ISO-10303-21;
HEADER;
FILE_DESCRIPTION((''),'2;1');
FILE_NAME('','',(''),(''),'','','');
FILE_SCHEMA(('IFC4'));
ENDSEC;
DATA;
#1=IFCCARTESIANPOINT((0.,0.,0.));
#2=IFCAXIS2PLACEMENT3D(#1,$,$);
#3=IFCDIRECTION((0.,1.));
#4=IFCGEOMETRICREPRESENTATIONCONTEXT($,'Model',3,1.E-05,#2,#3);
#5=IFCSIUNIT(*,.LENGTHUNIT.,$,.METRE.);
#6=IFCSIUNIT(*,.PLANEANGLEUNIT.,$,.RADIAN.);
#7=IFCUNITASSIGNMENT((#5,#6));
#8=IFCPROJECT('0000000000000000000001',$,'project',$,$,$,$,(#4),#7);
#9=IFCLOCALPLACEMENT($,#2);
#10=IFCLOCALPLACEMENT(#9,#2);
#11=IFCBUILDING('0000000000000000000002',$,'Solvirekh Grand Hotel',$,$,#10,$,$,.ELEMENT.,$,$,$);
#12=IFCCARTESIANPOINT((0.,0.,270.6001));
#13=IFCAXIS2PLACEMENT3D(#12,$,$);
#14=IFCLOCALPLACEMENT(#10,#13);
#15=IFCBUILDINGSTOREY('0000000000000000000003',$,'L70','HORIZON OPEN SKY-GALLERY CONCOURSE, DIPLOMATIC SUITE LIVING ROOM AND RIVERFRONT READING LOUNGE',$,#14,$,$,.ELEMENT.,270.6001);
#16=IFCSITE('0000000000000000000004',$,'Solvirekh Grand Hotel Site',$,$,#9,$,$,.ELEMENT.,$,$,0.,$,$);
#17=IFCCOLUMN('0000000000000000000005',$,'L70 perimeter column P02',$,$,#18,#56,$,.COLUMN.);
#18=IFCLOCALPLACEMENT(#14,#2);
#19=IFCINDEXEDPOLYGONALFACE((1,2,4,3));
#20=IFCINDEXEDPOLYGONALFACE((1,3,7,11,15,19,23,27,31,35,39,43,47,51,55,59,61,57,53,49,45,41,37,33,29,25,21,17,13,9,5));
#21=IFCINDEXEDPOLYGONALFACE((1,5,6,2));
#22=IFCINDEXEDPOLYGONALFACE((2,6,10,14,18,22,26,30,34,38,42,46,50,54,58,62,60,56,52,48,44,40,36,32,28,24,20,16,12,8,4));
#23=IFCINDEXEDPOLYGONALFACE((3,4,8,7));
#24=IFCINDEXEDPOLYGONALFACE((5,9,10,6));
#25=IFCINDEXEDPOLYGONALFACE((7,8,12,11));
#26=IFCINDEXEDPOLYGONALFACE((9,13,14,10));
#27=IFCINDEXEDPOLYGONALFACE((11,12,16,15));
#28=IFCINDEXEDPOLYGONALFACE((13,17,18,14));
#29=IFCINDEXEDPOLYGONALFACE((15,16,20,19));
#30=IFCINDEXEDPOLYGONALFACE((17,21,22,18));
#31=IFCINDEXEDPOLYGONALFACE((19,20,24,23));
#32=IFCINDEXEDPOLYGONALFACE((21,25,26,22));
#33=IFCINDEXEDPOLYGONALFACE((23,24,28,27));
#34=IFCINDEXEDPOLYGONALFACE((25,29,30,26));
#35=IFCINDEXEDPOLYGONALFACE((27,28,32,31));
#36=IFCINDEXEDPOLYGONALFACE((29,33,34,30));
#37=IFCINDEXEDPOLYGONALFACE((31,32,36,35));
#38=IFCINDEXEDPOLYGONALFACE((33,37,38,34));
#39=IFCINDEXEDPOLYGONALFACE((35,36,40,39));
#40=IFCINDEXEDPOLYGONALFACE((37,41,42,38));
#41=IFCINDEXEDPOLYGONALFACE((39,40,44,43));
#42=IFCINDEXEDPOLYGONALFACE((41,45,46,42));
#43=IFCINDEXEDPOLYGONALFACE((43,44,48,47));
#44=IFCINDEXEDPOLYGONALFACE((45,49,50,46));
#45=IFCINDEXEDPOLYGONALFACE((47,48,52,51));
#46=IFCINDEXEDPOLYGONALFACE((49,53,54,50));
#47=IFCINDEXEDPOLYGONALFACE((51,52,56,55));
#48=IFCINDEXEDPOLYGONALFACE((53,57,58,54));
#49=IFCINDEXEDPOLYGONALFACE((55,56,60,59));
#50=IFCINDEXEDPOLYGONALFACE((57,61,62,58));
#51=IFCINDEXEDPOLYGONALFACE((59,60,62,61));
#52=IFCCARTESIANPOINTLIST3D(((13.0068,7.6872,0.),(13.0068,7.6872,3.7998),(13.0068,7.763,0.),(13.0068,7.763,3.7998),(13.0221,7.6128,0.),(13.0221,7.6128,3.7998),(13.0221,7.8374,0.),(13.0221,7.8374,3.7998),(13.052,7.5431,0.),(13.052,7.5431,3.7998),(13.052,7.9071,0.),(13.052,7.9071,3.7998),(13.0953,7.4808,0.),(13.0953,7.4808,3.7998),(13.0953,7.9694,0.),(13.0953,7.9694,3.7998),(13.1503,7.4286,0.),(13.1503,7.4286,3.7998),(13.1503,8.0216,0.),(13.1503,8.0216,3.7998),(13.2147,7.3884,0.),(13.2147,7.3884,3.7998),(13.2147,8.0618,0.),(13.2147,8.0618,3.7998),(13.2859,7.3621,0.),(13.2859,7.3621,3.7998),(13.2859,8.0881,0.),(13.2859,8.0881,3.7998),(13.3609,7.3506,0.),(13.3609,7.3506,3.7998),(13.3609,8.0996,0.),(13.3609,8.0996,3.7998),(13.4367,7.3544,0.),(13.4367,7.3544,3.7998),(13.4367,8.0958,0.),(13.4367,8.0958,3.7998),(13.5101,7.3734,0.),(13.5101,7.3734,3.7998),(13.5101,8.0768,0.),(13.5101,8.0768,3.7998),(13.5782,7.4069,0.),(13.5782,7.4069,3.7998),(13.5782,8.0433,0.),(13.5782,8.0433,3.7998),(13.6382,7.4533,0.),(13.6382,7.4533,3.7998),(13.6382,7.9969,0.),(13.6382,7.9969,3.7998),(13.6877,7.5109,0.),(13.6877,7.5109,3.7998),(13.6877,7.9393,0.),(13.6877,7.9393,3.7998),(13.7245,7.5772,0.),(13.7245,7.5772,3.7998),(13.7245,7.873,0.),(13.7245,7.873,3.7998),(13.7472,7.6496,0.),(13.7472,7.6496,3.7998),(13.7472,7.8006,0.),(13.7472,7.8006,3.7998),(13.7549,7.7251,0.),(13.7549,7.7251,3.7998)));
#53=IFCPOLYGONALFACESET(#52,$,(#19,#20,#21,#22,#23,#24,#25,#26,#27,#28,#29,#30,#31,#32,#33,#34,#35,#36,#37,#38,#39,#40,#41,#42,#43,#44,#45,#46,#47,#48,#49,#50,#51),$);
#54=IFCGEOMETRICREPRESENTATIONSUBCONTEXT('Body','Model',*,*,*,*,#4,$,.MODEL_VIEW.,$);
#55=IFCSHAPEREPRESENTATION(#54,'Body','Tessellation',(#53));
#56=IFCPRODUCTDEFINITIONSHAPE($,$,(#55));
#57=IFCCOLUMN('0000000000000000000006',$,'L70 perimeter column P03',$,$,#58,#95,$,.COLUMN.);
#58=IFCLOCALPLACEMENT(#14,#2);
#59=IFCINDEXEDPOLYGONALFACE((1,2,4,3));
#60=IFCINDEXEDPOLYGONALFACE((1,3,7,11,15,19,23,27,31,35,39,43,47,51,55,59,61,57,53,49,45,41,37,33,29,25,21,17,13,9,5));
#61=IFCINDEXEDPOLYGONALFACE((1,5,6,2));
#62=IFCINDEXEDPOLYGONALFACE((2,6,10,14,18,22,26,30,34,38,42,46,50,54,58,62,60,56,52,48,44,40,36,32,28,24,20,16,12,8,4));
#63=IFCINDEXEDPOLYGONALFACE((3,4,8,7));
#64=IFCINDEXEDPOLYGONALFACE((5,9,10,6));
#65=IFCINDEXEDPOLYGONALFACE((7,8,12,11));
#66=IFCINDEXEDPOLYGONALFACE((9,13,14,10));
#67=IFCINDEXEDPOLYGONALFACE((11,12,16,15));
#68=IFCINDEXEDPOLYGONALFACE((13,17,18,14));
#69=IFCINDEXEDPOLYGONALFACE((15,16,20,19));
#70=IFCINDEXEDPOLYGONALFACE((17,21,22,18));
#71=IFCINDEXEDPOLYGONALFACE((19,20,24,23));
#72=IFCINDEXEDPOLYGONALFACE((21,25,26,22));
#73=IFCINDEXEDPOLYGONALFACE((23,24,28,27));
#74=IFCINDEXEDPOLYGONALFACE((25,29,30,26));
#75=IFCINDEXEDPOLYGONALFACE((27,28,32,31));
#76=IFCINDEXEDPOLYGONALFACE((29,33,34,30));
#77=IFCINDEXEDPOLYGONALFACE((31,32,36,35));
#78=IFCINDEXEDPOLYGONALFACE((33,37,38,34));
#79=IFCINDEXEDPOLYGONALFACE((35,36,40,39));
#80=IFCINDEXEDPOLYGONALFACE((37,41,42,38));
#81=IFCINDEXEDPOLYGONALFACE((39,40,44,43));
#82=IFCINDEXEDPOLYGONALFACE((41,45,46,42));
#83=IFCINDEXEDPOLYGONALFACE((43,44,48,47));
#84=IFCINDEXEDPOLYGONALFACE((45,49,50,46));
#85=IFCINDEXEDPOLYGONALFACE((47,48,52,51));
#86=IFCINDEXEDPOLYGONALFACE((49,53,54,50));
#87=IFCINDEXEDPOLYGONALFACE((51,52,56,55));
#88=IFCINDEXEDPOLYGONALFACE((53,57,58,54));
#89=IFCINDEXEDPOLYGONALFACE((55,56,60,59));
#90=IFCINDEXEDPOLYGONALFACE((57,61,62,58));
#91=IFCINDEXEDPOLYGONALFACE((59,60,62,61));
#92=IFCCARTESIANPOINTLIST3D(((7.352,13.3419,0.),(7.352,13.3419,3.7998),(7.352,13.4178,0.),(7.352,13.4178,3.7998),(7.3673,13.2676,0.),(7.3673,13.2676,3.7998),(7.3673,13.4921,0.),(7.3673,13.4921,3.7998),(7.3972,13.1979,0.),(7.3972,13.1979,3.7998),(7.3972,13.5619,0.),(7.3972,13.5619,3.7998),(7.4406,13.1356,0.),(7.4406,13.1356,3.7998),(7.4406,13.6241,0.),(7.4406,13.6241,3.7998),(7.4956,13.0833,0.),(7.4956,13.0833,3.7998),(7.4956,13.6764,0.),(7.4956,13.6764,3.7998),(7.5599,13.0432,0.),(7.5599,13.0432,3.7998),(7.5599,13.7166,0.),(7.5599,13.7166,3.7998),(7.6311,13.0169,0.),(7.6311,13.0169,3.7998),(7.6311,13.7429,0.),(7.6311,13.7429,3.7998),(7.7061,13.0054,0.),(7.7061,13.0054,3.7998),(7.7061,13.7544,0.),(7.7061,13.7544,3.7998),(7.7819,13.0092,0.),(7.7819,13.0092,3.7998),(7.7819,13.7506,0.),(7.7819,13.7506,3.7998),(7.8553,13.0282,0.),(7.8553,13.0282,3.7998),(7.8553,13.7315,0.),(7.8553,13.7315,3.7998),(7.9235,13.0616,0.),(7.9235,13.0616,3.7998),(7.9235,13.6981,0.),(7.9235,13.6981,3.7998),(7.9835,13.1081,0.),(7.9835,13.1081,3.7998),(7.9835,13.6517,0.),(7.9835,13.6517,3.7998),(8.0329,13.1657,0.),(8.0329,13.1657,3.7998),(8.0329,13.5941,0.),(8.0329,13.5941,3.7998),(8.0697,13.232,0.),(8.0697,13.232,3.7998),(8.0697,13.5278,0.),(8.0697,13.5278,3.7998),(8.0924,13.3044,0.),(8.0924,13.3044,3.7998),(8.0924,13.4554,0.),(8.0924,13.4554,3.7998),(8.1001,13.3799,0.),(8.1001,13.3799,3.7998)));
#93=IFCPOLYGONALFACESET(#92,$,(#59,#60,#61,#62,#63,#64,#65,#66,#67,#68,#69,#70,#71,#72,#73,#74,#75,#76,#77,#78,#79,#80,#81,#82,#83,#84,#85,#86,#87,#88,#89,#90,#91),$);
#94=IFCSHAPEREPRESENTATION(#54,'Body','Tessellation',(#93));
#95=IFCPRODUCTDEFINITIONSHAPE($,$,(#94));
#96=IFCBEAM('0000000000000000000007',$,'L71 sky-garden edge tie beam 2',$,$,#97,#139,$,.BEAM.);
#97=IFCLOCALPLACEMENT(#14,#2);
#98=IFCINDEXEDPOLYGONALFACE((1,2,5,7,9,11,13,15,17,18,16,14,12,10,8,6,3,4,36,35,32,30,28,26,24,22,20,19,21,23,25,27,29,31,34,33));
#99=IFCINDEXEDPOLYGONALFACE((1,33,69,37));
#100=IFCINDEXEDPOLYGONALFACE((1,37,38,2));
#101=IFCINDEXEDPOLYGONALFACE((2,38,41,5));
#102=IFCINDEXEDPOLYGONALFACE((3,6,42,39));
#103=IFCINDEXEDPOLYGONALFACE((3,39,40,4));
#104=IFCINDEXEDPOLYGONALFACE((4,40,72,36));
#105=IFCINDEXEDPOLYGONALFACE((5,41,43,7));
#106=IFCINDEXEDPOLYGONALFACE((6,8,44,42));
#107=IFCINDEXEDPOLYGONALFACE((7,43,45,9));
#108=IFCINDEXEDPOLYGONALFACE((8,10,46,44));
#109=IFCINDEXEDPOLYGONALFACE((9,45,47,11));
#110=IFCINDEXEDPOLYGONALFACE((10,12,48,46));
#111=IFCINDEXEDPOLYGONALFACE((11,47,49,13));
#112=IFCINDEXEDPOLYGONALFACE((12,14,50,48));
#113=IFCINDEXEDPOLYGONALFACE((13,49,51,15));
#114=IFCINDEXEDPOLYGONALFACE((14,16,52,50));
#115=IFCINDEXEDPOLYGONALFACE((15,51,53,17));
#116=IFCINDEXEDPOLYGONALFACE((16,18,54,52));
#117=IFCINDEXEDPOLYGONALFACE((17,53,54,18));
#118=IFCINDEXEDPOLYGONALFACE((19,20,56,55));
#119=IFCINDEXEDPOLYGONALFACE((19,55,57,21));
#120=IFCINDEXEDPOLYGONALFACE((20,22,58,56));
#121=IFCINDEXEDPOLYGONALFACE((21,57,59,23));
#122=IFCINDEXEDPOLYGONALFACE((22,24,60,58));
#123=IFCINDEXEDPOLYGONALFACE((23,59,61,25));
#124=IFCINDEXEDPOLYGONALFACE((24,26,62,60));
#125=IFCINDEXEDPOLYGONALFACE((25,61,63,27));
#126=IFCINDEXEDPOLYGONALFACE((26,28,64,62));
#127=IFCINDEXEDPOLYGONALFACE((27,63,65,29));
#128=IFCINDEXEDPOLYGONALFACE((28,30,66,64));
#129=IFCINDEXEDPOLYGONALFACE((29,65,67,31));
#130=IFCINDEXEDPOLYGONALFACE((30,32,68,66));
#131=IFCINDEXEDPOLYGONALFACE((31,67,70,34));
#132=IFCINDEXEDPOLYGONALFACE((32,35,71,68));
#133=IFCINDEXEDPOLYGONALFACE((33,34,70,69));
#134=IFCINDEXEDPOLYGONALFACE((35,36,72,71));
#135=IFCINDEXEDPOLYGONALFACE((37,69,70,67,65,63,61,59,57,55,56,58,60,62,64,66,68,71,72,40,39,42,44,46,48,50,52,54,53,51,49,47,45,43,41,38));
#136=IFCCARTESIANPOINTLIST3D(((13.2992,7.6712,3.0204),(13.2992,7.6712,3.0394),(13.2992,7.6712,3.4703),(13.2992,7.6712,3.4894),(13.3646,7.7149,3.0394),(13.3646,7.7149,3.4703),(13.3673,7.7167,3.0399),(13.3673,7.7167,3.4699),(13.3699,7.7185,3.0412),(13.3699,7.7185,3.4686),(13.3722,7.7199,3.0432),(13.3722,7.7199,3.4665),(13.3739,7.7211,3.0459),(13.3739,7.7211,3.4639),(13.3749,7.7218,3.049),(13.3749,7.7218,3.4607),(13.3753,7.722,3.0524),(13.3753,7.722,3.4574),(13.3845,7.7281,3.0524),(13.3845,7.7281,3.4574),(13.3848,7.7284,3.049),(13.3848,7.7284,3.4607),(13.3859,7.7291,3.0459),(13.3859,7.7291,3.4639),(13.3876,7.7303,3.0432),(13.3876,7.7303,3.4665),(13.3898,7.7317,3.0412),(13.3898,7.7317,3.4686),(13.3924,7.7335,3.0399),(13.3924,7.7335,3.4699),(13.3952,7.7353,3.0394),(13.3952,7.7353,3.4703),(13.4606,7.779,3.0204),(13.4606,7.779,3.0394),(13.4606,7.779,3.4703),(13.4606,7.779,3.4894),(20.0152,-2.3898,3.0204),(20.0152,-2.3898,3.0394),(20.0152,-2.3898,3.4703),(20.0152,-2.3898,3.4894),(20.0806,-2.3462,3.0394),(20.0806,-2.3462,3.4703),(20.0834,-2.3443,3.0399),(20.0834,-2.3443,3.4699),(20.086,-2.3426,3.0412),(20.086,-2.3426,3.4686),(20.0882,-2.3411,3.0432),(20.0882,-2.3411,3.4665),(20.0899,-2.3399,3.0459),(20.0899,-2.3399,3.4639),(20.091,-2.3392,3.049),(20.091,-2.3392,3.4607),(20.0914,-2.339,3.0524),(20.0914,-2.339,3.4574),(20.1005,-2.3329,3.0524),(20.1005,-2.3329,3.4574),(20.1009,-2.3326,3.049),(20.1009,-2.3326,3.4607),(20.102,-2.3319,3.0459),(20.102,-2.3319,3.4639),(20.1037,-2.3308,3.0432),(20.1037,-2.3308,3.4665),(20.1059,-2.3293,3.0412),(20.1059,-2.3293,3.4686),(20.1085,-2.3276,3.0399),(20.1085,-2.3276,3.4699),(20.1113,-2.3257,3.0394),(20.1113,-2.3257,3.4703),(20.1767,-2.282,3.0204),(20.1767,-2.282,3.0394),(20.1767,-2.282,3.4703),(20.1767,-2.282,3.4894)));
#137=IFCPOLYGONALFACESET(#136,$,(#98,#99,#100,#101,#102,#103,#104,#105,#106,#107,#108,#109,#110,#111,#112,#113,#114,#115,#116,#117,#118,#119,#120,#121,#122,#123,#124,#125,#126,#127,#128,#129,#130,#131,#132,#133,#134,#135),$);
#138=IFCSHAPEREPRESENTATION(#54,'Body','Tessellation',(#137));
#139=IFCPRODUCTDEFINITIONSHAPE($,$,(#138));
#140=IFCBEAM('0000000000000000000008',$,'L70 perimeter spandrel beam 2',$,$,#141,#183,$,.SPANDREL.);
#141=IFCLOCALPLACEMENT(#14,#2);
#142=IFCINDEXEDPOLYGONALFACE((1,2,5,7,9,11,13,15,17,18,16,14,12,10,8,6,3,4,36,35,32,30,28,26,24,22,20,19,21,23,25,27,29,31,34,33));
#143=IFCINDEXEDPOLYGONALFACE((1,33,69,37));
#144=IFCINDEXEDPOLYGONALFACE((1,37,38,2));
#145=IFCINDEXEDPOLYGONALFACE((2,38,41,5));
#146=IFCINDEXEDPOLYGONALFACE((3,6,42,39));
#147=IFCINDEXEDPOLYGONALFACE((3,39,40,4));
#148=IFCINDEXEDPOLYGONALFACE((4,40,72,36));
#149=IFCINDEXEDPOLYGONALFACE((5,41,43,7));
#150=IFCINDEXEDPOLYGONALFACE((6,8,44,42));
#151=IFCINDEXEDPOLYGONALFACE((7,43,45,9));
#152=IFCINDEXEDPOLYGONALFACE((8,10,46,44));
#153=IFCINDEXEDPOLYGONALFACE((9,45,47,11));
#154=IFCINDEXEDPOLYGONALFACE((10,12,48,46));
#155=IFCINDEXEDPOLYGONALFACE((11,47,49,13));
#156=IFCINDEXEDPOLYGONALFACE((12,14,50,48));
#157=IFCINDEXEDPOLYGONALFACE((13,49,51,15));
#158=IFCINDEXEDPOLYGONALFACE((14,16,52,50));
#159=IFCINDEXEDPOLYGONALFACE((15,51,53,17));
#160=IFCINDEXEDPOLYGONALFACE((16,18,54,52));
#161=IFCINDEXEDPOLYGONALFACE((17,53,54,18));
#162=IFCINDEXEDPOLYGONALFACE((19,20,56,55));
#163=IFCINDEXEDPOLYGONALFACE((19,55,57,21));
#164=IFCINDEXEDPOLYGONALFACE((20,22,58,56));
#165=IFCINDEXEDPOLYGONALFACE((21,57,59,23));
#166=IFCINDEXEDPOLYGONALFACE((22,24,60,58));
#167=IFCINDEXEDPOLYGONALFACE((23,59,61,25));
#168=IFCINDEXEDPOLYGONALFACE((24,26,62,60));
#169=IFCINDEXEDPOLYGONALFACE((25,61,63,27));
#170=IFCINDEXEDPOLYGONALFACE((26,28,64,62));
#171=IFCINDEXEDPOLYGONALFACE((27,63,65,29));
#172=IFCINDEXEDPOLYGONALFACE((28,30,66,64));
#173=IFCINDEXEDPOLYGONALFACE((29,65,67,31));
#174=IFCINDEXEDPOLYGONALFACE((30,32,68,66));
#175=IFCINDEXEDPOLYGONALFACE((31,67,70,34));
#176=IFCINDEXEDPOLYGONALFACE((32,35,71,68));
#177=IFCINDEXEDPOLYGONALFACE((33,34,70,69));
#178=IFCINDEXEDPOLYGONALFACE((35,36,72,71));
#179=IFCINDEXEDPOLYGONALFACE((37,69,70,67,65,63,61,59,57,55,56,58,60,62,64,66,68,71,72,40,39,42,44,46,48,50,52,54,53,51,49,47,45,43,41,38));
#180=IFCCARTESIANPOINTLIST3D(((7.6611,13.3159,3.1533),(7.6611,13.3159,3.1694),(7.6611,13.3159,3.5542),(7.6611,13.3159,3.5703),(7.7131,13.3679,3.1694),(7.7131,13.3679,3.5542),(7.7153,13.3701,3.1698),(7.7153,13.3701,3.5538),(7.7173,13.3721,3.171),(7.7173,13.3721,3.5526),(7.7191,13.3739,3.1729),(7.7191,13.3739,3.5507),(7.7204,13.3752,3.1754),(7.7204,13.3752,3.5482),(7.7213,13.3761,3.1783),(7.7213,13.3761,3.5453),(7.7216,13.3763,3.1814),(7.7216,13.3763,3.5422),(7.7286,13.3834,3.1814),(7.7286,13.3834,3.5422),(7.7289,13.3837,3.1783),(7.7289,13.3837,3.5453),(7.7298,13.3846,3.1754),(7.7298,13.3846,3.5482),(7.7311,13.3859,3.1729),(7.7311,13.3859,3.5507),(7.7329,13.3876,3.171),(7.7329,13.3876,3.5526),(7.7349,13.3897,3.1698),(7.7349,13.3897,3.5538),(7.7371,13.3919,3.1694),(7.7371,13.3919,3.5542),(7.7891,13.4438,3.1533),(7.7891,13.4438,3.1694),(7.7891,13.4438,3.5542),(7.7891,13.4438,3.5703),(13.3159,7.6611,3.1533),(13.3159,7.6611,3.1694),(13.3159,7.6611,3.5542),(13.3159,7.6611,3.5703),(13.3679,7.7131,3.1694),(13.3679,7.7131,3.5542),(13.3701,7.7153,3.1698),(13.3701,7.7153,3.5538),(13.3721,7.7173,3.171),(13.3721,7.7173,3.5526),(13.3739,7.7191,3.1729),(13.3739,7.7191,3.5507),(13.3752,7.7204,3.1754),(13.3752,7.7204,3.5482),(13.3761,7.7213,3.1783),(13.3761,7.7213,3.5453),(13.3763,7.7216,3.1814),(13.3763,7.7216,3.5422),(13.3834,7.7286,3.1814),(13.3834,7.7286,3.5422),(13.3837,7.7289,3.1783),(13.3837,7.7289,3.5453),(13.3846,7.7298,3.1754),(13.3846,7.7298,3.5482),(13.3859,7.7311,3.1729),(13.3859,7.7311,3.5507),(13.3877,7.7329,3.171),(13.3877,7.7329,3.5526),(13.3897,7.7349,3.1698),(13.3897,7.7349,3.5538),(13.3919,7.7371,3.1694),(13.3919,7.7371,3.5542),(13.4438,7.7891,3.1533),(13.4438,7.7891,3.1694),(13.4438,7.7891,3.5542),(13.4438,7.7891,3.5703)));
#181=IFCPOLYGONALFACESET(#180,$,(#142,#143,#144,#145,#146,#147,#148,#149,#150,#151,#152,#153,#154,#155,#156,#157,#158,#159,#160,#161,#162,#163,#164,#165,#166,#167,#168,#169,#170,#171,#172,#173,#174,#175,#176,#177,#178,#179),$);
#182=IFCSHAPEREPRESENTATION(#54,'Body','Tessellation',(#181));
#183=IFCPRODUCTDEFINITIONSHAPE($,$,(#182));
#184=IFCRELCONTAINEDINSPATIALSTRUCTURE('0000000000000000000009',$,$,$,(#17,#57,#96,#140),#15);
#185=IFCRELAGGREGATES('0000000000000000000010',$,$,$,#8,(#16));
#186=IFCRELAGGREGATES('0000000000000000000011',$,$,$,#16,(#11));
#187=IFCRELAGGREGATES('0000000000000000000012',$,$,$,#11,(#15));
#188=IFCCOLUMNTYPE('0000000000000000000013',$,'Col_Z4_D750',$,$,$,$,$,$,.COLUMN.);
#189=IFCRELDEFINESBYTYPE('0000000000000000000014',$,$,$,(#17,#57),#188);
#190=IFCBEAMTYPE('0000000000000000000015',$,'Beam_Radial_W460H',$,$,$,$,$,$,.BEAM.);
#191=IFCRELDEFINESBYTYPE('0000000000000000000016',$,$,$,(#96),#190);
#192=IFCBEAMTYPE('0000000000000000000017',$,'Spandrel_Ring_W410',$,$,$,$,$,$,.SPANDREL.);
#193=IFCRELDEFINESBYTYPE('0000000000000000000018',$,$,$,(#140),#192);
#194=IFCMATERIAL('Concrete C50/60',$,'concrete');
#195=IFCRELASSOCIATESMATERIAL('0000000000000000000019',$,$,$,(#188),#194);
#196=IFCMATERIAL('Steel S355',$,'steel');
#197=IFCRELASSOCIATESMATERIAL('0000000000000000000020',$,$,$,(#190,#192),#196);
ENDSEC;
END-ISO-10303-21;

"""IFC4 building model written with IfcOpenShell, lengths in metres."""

from ifc_helpers import new_model, si_unit, direction, frame, origin, origin_2d, place, context, subcontext, project, spatial, circle, i_section, extrude, material, material_profile, profile_set, type_object, element, save


model = new_model("IFC4")

# Units and contexts
model_context = context("Model", 3, precision=1e-05, world=origin(), true_north=direction((0.0, 1.0)))
body_context = subcontext(model_context, "Body", "Model", "MODEL_VIEW")
ifc_project = project(units=[si_unit("LENGTHUNIT", "METRE"), si_unit("PLANEANGLEUNIT", "RADIAN")], contexts=[model_context])

# Site, building, storey
site_placement = place(None, origin())
site = spatial("IfcSite", under=ifc_project, at=site_placement, Name="Solvirekh Grand Hotel Site", CompositionType="ELEMENT", RefElevation=0.0)
building_placement = place(site_placement, origin())
building = spatial("IfcBuilding", under=site, at=building_placement, Name="Solvirekh Grand Hotel", CompositionType="ELEMENT")
storey_placement = place(building_placement, frame((0.0, 0.0, 270.6001)))
storey = spatial("IfcBuildingStorey", under=building, at=storey_placement, Name="L70", Description="HORIZON OPEN SKY-GALLERY CONCOURSE, DIPLOMATIC SUITE LIVING ROOM AND RIVERFRONT READING LOUNGE", CompositionType="ELEMENT", Elevation=270.6001)

# Columns
ifc_material_1 = material(Name="Concrete C50/60", Category="concrete")
ifc_material_profile_1 = material_profile(ifc_material_1, circle(Radius=0.375, at=origin_2d()), Name="RC CIRC D750")
ifc_profile_set_1 = profile_set([ifc_material_profile_1], Name="Concrete C50/60")
column_type = type_object("IfcColumnType", Name="Col_Z4_D750", PredefinedType="COLUMN", material=ifc_profile_set_1)
for number, where, z_axis, x_axis, name in (
    (1, (13.3799, 7.7251, 0.0), (0.0, 0.0, 1.0), (1.0, 0.0, 0.0), "L70 perimeter column P02"),
    (2, (7.7251, 13.3799, 0.0), (0.0, 0.0, 1.0), (1.0, 0.0, 0.0), "L70 perimeter column P03"),
):
    element("IfcColumn", number, at=place(storey_placement, frame(where, z_axis=z_axis, x_axis=x_axis)), inside=storey, type_object=column_type, Name=name, PredefinedType="COLUMN", context=body_context, shape_type="SweptSolid", body=[
        extrude(circle(Radius=0.375, at=origin_2d()), origin(), (0.0, 0.0, 1.0), 3.7998),
    ])

# Beams
ifc_material_2 = material(Name="Steel S355", Category="steel")
ifc_material_profile_2 = material_profile(ifc_material_2, i_section(OverallWidth=0.1941, OverallDepth=0.469, WebThickness=0.011, FlangeThickness=0.019, FilletRadius=0.0129, at=origin_2d()), Name="W460X106")
ifc_profile_set_2 = profile_set([ifc_material_profile_2], Name="Steel S355")
beam_type_1 = type_object("IfcBeamType", Name="Beam_Radial_W460H", PredefinedType="BEAM", material=ifc_profile_set_2)
beam_1_placement = place(storey_placement, frame((13.3799, 7.7251, 3.2549), z_axis=(0.555198, -0.831718, 0.0), x_axis=(0.831718, 0.555198, 0.0)))
element("IfcBeam", 3, at=beam_1_placement, inside=storey, type_object=beam_type_1, Name="L71 sky-garden edge tie beam 2", PredefinedType="BEAM", context=body_context, shape_type="SweptSolid", body=[
    extrude(i_section(OverallWidth=0.1941, OverallDepth=0.469, WebThickness=0.011, FlangeThickness=0.019, FilletRadius=0.0129, at=origin_2d()), origin(), (0.0, 0.0, 1.0), 12.0967),
])
ifc_material_profile_3 = material_profile(ifc_material_2, i_section(OverallWidth=0.1809, OverallDepth=0.417, WebThickness=0.01, FlangeThickness=0.0161, FilletRadius=0.012, at=origin_2d()), Name="W410X85")
ifc_profile_set_3 = profile_set([ifc_material_profile_3], Name="Steel S355")
beam_type_2 = type_object("IfcBeamType", Name="Spandrel_Ring_W410", PredefinedType="SPANDREL", material=ifc_profile_set_3)
beam_2_placement = place(storey_placement, frame((13.3799, 7.7251, 3.3618), z_axis=(-0.707107, 0.707107, 0.0), x_axis=(-0.707107, -0.707107, 0.0)))
element("IfcBeam", 4, at=beam_2_placement, inside=storey, type_object=beam_type_2, Name="L70 perimeter spandrel beam 2", PredefinedType="SPANDREL", context=body_context, shape_type="SweptSolid", body=[
    extrude(i_section(OverallWidth=0.1809, OverallDepth=0.417, WebThickness=0.01, FlangeThickness=0.0161, FilletRadius=0.012, at=origin_2d()), origin(), (0.0, 0.0, 1.0), 7.9971),
])

save(model, "model.ifc")
